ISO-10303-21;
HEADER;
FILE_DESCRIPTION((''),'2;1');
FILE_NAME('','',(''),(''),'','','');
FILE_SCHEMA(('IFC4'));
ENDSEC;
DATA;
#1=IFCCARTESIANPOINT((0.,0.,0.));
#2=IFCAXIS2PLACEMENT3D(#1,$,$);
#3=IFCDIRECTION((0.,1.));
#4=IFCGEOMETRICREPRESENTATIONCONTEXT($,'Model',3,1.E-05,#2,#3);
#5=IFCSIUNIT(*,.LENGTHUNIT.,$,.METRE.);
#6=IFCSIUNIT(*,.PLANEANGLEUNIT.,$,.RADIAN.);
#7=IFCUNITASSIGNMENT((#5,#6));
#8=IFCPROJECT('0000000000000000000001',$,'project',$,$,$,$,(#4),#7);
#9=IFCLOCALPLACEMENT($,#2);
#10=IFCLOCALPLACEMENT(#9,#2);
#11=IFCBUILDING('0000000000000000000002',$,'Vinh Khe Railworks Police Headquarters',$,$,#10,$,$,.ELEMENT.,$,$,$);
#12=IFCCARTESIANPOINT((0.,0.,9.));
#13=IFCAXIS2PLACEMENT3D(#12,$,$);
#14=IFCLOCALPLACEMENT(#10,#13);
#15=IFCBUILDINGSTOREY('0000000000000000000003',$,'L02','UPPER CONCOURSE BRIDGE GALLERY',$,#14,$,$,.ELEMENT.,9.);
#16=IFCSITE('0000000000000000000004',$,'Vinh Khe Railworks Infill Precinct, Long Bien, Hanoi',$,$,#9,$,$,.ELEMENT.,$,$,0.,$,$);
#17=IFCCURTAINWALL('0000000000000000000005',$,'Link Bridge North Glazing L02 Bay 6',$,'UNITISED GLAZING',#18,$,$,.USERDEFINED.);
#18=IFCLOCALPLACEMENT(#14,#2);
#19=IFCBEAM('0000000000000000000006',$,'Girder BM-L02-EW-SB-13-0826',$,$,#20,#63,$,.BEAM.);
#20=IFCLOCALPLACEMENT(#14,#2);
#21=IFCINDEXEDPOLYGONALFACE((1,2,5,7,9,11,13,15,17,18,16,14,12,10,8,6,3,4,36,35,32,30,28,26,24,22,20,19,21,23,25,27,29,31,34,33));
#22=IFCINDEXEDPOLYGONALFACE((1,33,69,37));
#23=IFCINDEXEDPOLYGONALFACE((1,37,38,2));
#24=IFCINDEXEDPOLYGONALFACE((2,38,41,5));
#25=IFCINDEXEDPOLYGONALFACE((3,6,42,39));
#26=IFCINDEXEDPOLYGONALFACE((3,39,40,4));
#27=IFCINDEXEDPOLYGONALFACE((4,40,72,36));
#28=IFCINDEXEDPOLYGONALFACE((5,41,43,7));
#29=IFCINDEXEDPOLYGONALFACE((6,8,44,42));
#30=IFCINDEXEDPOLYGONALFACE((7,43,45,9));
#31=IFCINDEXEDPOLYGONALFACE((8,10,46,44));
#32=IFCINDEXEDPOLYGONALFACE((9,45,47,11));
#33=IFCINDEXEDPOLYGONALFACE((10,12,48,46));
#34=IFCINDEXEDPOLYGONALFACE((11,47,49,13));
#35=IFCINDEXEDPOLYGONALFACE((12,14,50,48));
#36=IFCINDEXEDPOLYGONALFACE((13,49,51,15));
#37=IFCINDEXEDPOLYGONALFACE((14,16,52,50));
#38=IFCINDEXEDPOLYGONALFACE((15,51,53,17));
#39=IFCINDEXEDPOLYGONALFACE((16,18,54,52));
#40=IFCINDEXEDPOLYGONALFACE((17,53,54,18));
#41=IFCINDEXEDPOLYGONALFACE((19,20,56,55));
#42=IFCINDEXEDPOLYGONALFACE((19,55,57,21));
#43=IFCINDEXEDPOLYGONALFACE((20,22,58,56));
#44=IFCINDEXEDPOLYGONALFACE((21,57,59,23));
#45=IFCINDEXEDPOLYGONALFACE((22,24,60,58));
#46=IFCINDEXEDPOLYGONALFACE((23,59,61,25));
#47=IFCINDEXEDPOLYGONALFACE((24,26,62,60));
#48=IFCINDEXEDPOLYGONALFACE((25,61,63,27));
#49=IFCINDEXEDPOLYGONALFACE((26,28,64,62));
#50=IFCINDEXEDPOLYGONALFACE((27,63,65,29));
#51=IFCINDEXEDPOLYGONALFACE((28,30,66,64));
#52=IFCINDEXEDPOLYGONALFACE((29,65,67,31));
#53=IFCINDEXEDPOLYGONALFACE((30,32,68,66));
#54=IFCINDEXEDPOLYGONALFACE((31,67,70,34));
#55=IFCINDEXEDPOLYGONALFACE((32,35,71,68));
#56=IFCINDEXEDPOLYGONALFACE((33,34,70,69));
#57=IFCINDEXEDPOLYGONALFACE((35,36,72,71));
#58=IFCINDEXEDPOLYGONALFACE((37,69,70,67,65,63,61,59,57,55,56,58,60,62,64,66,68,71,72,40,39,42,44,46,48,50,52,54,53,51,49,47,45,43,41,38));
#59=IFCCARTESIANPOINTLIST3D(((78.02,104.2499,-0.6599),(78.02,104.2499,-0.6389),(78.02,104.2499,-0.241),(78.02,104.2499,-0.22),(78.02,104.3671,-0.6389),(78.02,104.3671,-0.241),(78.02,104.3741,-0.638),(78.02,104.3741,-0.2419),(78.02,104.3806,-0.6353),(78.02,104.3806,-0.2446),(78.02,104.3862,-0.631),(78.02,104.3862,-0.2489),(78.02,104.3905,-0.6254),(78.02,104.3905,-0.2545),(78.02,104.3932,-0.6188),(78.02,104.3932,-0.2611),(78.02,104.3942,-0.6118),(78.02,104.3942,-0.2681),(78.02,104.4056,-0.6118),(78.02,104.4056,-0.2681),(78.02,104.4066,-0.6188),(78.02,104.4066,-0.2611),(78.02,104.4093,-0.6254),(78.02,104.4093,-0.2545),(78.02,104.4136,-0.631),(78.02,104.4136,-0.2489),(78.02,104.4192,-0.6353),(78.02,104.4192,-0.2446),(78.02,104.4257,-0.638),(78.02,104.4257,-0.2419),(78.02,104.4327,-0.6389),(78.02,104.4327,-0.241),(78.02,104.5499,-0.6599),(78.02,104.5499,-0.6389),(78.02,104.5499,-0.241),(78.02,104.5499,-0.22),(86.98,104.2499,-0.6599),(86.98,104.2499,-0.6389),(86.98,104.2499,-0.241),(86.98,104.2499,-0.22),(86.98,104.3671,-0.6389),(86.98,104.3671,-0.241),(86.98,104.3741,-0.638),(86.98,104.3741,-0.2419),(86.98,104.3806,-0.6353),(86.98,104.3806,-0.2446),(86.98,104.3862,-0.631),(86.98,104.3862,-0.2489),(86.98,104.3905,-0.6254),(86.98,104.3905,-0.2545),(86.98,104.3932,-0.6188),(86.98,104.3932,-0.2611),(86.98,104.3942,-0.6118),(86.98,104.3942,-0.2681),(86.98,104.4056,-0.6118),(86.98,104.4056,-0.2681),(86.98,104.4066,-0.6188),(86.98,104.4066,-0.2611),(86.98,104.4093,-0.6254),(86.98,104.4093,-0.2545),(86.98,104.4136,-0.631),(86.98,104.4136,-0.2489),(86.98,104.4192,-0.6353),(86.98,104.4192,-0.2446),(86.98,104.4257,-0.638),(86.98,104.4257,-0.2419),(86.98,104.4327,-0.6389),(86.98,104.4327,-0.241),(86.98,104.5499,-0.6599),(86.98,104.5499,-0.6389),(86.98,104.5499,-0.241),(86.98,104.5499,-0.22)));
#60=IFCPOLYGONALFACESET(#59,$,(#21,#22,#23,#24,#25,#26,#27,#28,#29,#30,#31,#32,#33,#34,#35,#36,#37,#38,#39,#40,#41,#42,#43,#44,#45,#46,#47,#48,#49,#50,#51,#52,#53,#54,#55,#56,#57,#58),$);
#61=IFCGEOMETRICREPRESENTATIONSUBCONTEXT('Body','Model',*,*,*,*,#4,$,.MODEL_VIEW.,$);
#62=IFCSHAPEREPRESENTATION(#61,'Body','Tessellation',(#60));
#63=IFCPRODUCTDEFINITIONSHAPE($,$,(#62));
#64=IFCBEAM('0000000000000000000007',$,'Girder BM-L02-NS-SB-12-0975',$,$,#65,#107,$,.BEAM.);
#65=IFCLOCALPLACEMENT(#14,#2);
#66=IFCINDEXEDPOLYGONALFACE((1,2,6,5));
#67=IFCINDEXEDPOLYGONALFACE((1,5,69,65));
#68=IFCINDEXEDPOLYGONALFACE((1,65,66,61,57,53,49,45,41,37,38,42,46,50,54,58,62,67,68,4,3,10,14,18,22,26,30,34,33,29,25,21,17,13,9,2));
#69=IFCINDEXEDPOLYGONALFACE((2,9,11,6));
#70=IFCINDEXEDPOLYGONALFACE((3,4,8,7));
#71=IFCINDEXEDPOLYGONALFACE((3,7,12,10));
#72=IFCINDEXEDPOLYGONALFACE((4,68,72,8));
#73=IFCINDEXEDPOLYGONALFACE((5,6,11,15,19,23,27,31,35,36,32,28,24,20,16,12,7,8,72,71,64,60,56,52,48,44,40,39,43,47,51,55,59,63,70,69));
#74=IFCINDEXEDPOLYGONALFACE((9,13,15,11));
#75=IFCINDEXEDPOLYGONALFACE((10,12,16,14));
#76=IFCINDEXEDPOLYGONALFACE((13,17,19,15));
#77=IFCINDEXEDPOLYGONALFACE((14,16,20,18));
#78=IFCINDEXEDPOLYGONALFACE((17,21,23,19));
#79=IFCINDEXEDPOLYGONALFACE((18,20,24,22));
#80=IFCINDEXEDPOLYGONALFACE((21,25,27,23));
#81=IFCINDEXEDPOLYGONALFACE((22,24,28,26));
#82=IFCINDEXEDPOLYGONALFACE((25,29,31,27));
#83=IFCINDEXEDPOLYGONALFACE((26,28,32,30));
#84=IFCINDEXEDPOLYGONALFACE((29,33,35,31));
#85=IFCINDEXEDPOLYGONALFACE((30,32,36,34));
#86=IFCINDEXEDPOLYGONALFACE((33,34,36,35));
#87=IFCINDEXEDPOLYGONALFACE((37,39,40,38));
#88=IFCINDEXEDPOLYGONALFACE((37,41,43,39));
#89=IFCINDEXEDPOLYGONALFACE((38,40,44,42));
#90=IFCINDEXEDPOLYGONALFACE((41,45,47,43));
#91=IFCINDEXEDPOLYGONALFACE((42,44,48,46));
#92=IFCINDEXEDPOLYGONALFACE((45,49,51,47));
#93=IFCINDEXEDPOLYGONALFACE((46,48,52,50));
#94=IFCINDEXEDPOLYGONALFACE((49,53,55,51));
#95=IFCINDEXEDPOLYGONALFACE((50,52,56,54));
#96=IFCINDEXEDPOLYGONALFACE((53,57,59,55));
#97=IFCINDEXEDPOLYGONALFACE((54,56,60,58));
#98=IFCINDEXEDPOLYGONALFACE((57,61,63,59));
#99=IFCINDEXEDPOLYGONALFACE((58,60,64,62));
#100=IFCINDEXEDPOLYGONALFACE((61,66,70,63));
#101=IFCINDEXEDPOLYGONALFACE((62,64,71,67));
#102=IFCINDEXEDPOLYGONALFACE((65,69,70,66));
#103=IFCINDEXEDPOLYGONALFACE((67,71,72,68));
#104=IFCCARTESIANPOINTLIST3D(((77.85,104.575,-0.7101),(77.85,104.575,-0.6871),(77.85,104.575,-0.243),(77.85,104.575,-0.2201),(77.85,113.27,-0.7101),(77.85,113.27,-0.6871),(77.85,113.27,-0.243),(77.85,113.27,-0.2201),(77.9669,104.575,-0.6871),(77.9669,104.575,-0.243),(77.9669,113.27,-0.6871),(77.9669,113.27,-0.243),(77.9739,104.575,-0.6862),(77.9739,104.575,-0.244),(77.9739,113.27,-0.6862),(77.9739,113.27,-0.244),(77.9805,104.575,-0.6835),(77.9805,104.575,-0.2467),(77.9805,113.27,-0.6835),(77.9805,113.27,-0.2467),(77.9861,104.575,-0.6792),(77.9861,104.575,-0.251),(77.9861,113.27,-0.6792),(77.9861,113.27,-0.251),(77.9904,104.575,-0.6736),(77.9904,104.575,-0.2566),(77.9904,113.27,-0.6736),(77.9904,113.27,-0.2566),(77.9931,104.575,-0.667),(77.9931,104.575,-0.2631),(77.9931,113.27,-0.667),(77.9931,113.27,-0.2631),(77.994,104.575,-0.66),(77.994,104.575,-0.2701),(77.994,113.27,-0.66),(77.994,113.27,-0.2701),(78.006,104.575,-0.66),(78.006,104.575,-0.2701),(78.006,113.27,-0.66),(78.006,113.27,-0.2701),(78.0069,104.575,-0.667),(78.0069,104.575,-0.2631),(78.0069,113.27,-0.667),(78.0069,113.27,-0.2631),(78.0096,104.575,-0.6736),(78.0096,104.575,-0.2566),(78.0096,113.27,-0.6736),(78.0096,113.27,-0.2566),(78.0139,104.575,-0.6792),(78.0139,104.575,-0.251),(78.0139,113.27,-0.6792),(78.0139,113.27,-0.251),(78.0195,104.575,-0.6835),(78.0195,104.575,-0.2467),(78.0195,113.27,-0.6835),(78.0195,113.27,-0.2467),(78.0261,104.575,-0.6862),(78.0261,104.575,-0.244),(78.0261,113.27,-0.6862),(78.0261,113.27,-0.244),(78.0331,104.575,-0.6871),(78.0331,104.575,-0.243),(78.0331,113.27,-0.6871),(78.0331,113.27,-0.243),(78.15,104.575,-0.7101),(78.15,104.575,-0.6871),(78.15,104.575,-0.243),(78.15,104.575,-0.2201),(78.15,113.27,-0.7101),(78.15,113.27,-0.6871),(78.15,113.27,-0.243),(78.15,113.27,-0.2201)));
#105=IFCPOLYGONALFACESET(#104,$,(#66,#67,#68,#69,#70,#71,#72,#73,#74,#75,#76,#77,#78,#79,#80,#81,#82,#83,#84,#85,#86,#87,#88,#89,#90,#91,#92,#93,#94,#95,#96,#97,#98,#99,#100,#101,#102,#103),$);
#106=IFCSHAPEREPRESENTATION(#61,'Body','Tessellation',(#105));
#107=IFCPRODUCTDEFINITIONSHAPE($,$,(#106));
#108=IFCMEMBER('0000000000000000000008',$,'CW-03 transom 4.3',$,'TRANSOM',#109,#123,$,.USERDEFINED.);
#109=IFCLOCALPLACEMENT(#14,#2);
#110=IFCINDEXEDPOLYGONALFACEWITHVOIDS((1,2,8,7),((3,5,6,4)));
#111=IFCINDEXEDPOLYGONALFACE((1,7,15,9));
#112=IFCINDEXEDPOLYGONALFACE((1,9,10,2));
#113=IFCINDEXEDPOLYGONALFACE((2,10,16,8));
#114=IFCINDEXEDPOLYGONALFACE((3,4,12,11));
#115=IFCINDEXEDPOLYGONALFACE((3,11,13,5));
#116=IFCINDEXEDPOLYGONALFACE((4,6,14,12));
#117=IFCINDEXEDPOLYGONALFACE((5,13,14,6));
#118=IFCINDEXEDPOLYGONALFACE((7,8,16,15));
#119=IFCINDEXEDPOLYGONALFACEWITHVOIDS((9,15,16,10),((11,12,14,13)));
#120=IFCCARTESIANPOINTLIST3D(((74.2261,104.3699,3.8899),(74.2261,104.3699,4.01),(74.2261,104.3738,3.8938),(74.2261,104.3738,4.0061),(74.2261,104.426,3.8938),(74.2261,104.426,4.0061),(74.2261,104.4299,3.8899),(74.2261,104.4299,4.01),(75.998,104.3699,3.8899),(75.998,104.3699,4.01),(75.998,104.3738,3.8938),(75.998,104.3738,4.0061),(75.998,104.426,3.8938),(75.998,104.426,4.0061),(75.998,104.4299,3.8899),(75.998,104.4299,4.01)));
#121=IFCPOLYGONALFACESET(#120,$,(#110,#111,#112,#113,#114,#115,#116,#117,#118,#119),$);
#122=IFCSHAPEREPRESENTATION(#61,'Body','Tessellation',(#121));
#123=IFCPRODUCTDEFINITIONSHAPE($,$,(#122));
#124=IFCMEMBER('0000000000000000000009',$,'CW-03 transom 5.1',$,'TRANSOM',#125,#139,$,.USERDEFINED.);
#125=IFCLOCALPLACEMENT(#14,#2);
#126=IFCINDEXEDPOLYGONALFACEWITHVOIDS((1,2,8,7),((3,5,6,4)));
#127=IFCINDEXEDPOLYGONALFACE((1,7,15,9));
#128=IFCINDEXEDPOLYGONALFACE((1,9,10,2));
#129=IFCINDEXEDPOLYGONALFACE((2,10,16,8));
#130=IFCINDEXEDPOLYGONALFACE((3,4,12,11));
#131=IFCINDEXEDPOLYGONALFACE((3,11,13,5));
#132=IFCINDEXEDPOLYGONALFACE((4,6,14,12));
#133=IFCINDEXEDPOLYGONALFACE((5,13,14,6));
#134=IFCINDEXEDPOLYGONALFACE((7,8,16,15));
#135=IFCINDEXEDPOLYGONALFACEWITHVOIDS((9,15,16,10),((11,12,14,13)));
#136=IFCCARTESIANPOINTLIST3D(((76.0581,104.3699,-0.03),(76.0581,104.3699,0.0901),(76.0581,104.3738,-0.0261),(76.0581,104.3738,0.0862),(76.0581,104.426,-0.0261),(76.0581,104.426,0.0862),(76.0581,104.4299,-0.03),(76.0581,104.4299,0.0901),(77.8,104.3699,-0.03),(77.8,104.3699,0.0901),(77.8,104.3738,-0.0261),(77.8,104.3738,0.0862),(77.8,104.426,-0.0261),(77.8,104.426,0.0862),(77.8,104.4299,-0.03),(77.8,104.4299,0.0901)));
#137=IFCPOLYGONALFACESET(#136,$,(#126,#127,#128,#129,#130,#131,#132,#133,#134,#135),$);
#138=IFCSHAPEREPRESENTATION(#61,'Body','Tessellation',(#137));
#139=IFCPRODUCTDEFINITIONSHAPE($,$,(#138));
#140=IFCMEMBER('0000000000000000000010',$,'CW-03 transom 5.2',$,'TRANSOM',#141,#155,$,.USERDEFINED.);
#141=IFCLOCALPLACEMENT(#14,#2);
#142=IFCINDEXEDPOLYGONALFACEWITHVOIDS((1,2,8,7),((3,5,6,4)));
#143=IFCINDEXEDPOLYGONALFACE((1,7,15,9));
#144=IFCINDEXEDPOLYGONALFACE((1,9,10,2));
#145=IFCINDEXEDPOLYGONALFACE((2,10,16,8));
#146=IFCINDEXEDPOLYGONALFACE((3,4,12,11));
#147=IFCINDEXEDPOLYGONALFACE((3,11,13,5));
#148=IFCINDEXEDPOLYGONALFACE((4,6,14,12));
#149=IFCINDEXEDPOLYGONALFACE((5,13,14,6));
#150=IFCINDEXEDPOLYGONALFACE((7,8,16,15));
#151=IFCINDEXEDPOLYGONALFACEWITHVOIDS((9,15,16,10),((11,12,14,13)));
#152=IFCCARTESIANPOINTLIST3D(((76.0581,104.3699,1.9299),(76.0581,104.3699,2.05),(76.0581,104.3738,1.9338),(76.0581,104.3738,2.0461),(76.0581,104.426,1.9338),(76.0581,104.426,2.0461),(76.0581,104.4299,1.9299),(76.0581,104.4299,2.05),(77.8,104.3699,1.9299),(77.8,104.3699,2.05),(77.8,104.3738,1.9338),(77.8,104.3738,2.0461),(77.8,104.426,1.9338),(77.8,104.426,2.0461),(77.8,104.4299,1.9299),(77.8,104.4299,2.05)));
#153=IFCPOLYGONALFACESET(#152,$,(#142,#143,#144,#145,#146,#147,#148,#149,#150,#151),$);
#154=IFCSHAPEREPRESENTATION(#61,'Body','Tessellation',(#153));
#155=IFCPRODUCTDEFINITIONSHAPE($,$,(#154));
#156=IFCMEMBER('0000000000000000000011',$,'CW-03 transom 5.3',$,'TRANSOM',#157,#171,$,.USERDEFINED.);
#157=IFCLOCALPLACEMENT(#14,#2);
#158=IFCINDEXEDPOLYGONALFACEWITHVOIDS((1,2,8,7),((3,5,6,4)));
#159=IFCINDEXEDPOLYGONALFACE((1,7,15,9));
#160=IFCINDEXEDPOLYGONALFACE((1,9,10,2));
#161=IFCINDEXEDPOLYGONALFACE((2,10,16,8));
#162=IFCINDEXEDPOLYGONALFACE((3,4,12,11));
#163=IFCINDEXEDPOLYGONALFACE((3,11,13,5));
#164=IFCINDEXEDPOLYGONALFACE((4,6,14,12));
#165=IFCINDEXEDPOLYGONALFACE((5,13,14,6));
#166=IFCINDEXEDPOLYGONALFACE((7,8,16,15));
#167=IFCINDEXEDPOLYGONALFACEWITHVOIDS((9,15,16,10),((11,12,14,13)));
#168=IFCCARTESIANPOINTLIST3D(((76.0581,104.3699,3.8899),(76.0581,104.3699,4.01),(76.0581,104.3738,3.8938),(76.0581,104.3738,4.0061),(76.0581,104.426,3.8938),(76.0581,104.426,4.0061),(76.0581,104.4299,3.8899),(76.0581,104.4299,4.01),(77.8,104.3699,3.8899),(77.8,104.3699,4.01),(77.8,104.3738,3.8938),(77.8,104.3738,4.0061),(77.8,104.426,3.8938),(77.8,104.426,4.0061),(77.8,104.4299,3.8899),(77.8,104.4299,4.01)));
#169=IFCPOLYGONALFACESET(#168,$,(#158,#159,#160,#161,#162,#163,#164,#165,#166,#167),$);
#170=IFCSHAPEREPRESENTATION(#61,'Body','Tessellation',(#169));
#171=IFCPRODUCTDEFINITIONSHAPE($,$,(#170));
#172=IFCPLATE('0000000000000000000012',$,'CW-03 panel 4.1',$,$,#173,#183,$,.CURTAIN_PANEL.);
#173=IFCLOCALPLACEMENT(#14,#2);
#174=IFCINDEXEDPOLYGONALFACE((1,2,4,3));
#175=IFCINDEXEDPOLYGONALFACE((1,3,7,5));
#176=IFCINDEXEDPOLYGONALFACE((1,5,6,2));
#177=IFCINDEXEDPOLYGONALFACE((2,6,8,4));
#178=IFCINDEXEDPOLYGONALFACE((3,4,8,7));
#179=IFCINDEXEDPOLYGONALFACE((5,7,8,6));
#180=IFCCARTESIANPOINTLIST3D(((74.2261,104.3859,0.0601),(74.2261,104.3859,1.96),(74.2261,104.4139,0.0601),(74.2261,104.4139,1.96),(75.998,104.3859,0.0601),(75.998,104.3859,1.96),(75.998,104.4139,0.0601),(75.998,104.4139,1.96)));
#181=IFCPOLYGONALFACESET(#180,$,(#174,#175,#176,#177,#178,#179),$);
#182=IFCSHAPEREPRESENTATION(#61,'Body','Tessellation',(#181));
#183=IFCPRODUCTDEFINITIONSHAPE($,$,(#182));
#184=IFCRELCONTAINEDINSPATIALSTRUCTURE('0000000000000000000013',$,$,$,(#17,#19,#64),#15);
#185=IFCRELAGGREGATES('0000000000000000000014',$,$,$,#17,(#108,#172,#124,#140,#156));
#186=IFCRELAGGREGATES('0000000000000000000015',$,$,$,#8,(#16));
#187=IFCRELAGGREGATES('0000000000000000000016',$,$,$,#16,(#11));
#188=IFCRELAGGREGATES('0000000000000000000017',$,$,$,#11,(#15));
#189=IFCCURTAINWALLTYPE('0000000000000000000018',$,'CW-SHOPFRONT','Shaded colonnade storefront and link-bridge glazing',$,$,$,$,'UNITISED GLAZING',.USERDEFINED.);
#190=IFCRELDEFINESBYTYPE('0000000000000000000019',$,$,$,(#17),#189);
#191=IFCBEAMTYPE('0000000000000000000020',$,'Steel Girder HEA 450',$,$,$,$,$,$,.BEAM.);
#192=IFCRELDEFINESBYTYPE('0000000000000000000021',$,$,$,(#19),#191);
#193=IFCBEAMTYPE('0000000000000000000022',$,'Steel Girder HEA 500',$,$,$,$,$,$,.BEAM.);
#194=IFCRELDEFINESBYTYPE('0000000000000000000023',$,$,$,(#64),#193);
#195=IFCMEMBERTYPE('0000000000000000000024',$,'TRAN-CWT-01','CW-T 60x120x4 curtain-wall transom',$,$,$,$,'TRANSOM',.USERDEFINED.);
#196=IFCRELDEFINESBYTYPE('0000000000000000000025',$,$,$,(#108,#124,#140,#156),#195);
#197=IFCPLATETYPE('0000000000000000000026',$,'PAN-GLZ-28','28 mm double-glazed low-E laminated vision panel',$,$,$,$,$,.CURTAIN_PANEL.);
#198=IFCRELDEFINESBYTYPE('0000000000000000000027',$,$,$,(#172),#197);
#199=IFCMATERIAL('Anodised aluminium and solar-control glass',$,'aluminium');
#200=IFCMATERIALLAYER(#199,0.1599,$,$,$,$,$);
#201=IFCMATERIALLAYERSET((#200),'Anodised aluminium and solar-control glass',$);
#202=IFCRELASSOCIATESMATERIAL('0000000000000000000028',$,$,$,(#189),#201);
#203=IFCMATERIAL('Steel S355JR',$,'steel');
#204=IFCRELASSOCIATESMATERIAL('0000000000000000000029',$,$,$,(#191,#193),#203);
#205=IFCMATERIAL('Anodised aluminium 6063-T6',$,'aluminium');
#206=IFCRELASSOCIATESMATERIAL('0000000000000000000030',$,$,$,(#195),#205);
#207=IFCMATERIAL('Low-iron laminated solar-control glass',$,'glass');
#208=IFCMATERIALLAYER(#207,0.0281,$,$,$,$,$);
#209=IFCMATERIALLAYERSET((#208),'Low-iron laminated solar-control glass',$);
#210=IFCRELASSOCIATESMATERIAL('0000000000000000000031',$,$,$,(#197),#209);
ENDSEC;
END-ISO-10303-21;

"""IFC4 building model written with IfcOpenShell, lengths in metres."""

from ifc_helpers import new_model, si_unit, direction, frame, origin, origin_2d, place, context, subcontext, project, spatial, rectangle, hollow_rectangle, i_section, extrude, material, layer, layer_set, material_profile, profile_set, type_object, element, aggregate, save


model = new_model("IFC4")

# Units and contexts
model_context = context("Model", 3, precision=1e-05, world=origin(), true_north=direction((0.0, 1.0)))
body_context = subcontext(model_context, "Body", "Model", "MODEL_VIEW")
ifc_project = project(units=[si_unit("LENGTHUNIT", "METRE"), si_unit("PLANEANGLEUNIT", "RADIAN")], contexts=[model_context])

# Site, building, storey
site_placement = place(None, origin())
site = spatial("IfcSite", under=ifc_project, at=site_placement, Name="Vinh Khe Railworks Infill Precinct, Long Bien, Hanoi", CompositionType="ELEMENT", RefElevation=0.0)
building_placement = place(site_placement, origin())
building = spatial("IfcBuilding", under=site, at=building_placement, Name="Vinh Khe Railworks Police Headquarters", CompositionType="ELEMENT")
storey_placement = place(building_placement, frame((0.0, 0.0, 9.0)))
storey = spatial("IfcBuildingStorey", under=building, at=storey_placement, Name="L02", Description="UPPER CONCOURSE BRIDGE GALLERY", CompositionType="ELEMENT", Elevation=9.0)

# Shared definitions
ifc_material_1 = material(Name="Steel S355JR", Category="steel")

# Curtain wall
ifc_material_2 = material(Name="Anodised aluminium and solar-control glass", Category="aluminium")
ifc_layer_1 = layer(ifc_material_2, 0.1599)
ifc_layer_set_1 = layer_set([ifc_layer_1], Name="Anodised aluminium and solar-control glass")
curtain_wall_type = type_object("IfcCurtainWallType", Name="CW-SHOPFRONT", Description="Shaded colonnade storefront and link-bridge glazing", ElementType="UNITISED GLAZING", PredefinedType="USERDEFINED", material=ifc_layer_set_1)
curtain_wall_placement = place(storey_placement, origin())
curtain_wall = element("IfcCurtainWall", 1, at=curtain_wall_placement, inside=storey, type_object=curtain_wall_type, Name="Link Bridge North Glazing L02 Bay 6", ObjectType="UNITISED GLAZING", PredefinedType="USERDEFINED")
ifc_material_3 = material(Name="Anodised aluminium 6063-T6", Category="aluminium")

# Beams
ifc_material_profile_1 = material_profile(ifc_material_1, i_section(OverallWidth=0.3, OverallDepth=0.4399, WebThickness=0.0115, FlangeThickness=0.021, FilletRadius=0.0271, at=origin_2d()), Name="HEA 450")
ifc_profile_set_1 = profile_set([ifc_material_profile_1], Name="Steel S355JR")
beam_type_1 = type_object("IfcBeamType", Name="Steel Girder HEA 450", PredefinedType="BEAM", material=ifc_profile_set_1)
beam_1_placement = place(storey_placement, frame((78.02, 104.3999, -0.4399), z_axis=(1.0, 0.0, 0.0), x_axis=(0.0, 1.0, 0.0)))
element("IfcBeam", 2, at=beam_1_placement, inside=storey, type_object=beam_type_1, Name="Girder BM-L02-EW-SB-13-0826", PredefinedType="BEAM", context=body_context, shape_type="SweptSolid", body=[
    extrude(i_section(OverallWidth=0.3, OverallDepth=0.4399, WebThickness=0.0115, FlangeThickness=0.021, FilletRadius=0.0271, at=origin_2d()), origin(), (0.0, 0.0, 1.0), 8.96),
])
ifc_material_profile_2 = material_profile(ifc_material_1, i_section(OverallWidth=0.3, OverallDepth=0.49, WebThickness=0.012, FlangeThickness=0.0229, FilletRadius=0.0271, at=origin_2d()), Name="HEA 500")
ifc_profile_set_2 = profile_set([ifc_material_profile_2], Name="Steel S355JR")
beam_type_2 = type_object("IfcBeamType", Name="Steel Girder HEA 500", PredefinedType="BEAM", material=ifc_profile_set_2)
beam_2_placement = place(storey_placement, frame((78.0, 104.575, -0.4651), z_axis=(0.0, 1.0, 0.0), x_axis=(-1.0, 0.0, 0.0)))
element("IfcBeam", 3, at=beam_2_placement, inside=storey, type_object=beam_type_2, Name="Girder BM-L02-NS-SB-12-0975", PredefinedType="BEAM", context=body_context, shape_type="SweptSolid", body=[
    extrude(i_section(OverallWidth=0.3, OverallDepth=0.49, WebThickness=0.012, FlangeThickness=0.0229, FilletRadius=0.0271, at=origin_2d()), origin(), (0.0, 0.0, 1.0), 8.6951),
])

# Members
ifc_material_profile_3 = material_profile(ifc_material_3, hollow_rectangle(XDim=0.0601, YDim=0.1201, WallThickness=0.0039, at=origin_2d()), Name="CW-T 60x120x4")
ifc_profile_set_3 = profile_set([ifc_material_profile_3], Name="Anodised aluminium 6063-T6")
member_type_1 = type_object("IfcMemberType", Name="TRAN-CWT-01", Description="CW-T 60x120x4 curtain-wall transom", ElementType="TRANSOM", PredefinedType="USERDEFINED", material=ifc_profile_set_3)
member_1_placement = place(storey_placement, frame((74.2261, 104.3999, 3.95), z_axis=(1.0, 0.0, 0.0), x_axis=(0.0, 1.0, 0.0)))
member_1 = element("IfcMember", 4, at=member_1_placement, type_object=member_type_1, Name="CW-03 transom 4.3", ObjectType="TRANSOM", PredefinedType="USERDEFINED", context=body_context, shape_type="SweptSolid", body=[
    extrude(hollow_rectangle(XDim=0.0601, YDim=0.1201, WallThickness=0.0039, at=origin_2d()), origin(), (0.0, 0.0, 1.0), 1.772),
])
member_2_placement = place(storey_placement, frame((76.0581, 104.3999, 0.03), z_axis=(1.0, 0.0, 0.0), x_axis=(0.0, 1.0, 0.0)))
member_2 = element("IfcMember", 5, at=member_2_placement, type_object=member_type_1, Name="CW-03 transom 5.1", ObjectType="TRANSOM", PredefinedType="USERDEFINED", context=body_context, shape_type="SweptSolid", body=[
    extrude(hollow_rectangle(XDim=0.0601, YDim=0.1201, WallThickness=0.0039, at=origin_2d()), origin(), (0.0, 0.0, 1.0), 1.7419),
])
member_3_placement = place(storey_placement, frame((76.0581, 104.3999, 1.99), z_axis=(1.0, 0.0, 0.0), x_axis=(0.0, 1.0, 0.0)))
member_3 = element("IfcMember", 6, at=member_3_placement, type_object=member_type_1, Name="CW-03 transom 5.2", ObjectType="TRANSOM", PredefinedType="USERDEFINED", context=body_context, shape_type="SweptSolid", body=[
    extrude(hollow_rectangle(XDim=0.0601, YDim=0.1201, WallThickness=0.0039, at=origin_2d()), origin(), (0.0, 0.0, 1.0), 1.7419),
])
member_4_placement = place(storey_placement, frame((76.0581, 104.3999, 3.95), z_axis=(1.0, 0.0, 0.0), x_axis=(0.0, 1.0, 0.0)))
member_4 = element("IfcMember", 7, at=member_4_placement, type_object=member_type_1, Name="CW-03 transom 5.3", ObjectType="TRANSOM", PredefinedType="USERDEFINED", context=body_context, shape_type="SweptSolid", body=[
    extrude(hollow_rectangle(XDim=0.0601, YDim=0.1201, WallThickness=0.0039, at=origin_2d()), origin(), (0.0, 0.0, 1.0), 1.7419),
])

# Plate
ifc_material_4 = material(Name="Low-iron laminated solar-control glass", Category="glass")
ifc_layer_2 = layer(ifc_material_4, 0.0281)
ifc_layer_set_2 = layer_set([ifc_layer_2], Name="Low-iron laminated solar-control glass")
plate_type = type_object("IfcPlateType", Name="PAN-GLZ-28", Description="28 mm double-glazed low-E laminated vision panel", PredefinedType="CURTAIN_PANEL", material=ifc_layer_set_2)
plate_1_placement = place(storey_placement, frame((75.1121, 104.3999, 0.0601), z_axis=(0.0, 0.0, 1.0), x_axis=(1.0, 0.0, 0.0)))
plate_1 = element("IfcPlate", 8, at=plate_1_placement, type_object=plate_type, Name="CW-03 panel 4.1", PredefinedType="CURTAIN_PANEL", context=body_context, shape_type="SweptSolid", body=[
    extrude(rectangle(XDim=1.772, YDim=0.0281, at=origin_2d()), origin(), (0.0, 0.0, 1.0), 1.8999),
])
aggregate(curtain_wall, [member_1, plate_1, member_2, member_3, member_4])

save(model, "model.ifc")
